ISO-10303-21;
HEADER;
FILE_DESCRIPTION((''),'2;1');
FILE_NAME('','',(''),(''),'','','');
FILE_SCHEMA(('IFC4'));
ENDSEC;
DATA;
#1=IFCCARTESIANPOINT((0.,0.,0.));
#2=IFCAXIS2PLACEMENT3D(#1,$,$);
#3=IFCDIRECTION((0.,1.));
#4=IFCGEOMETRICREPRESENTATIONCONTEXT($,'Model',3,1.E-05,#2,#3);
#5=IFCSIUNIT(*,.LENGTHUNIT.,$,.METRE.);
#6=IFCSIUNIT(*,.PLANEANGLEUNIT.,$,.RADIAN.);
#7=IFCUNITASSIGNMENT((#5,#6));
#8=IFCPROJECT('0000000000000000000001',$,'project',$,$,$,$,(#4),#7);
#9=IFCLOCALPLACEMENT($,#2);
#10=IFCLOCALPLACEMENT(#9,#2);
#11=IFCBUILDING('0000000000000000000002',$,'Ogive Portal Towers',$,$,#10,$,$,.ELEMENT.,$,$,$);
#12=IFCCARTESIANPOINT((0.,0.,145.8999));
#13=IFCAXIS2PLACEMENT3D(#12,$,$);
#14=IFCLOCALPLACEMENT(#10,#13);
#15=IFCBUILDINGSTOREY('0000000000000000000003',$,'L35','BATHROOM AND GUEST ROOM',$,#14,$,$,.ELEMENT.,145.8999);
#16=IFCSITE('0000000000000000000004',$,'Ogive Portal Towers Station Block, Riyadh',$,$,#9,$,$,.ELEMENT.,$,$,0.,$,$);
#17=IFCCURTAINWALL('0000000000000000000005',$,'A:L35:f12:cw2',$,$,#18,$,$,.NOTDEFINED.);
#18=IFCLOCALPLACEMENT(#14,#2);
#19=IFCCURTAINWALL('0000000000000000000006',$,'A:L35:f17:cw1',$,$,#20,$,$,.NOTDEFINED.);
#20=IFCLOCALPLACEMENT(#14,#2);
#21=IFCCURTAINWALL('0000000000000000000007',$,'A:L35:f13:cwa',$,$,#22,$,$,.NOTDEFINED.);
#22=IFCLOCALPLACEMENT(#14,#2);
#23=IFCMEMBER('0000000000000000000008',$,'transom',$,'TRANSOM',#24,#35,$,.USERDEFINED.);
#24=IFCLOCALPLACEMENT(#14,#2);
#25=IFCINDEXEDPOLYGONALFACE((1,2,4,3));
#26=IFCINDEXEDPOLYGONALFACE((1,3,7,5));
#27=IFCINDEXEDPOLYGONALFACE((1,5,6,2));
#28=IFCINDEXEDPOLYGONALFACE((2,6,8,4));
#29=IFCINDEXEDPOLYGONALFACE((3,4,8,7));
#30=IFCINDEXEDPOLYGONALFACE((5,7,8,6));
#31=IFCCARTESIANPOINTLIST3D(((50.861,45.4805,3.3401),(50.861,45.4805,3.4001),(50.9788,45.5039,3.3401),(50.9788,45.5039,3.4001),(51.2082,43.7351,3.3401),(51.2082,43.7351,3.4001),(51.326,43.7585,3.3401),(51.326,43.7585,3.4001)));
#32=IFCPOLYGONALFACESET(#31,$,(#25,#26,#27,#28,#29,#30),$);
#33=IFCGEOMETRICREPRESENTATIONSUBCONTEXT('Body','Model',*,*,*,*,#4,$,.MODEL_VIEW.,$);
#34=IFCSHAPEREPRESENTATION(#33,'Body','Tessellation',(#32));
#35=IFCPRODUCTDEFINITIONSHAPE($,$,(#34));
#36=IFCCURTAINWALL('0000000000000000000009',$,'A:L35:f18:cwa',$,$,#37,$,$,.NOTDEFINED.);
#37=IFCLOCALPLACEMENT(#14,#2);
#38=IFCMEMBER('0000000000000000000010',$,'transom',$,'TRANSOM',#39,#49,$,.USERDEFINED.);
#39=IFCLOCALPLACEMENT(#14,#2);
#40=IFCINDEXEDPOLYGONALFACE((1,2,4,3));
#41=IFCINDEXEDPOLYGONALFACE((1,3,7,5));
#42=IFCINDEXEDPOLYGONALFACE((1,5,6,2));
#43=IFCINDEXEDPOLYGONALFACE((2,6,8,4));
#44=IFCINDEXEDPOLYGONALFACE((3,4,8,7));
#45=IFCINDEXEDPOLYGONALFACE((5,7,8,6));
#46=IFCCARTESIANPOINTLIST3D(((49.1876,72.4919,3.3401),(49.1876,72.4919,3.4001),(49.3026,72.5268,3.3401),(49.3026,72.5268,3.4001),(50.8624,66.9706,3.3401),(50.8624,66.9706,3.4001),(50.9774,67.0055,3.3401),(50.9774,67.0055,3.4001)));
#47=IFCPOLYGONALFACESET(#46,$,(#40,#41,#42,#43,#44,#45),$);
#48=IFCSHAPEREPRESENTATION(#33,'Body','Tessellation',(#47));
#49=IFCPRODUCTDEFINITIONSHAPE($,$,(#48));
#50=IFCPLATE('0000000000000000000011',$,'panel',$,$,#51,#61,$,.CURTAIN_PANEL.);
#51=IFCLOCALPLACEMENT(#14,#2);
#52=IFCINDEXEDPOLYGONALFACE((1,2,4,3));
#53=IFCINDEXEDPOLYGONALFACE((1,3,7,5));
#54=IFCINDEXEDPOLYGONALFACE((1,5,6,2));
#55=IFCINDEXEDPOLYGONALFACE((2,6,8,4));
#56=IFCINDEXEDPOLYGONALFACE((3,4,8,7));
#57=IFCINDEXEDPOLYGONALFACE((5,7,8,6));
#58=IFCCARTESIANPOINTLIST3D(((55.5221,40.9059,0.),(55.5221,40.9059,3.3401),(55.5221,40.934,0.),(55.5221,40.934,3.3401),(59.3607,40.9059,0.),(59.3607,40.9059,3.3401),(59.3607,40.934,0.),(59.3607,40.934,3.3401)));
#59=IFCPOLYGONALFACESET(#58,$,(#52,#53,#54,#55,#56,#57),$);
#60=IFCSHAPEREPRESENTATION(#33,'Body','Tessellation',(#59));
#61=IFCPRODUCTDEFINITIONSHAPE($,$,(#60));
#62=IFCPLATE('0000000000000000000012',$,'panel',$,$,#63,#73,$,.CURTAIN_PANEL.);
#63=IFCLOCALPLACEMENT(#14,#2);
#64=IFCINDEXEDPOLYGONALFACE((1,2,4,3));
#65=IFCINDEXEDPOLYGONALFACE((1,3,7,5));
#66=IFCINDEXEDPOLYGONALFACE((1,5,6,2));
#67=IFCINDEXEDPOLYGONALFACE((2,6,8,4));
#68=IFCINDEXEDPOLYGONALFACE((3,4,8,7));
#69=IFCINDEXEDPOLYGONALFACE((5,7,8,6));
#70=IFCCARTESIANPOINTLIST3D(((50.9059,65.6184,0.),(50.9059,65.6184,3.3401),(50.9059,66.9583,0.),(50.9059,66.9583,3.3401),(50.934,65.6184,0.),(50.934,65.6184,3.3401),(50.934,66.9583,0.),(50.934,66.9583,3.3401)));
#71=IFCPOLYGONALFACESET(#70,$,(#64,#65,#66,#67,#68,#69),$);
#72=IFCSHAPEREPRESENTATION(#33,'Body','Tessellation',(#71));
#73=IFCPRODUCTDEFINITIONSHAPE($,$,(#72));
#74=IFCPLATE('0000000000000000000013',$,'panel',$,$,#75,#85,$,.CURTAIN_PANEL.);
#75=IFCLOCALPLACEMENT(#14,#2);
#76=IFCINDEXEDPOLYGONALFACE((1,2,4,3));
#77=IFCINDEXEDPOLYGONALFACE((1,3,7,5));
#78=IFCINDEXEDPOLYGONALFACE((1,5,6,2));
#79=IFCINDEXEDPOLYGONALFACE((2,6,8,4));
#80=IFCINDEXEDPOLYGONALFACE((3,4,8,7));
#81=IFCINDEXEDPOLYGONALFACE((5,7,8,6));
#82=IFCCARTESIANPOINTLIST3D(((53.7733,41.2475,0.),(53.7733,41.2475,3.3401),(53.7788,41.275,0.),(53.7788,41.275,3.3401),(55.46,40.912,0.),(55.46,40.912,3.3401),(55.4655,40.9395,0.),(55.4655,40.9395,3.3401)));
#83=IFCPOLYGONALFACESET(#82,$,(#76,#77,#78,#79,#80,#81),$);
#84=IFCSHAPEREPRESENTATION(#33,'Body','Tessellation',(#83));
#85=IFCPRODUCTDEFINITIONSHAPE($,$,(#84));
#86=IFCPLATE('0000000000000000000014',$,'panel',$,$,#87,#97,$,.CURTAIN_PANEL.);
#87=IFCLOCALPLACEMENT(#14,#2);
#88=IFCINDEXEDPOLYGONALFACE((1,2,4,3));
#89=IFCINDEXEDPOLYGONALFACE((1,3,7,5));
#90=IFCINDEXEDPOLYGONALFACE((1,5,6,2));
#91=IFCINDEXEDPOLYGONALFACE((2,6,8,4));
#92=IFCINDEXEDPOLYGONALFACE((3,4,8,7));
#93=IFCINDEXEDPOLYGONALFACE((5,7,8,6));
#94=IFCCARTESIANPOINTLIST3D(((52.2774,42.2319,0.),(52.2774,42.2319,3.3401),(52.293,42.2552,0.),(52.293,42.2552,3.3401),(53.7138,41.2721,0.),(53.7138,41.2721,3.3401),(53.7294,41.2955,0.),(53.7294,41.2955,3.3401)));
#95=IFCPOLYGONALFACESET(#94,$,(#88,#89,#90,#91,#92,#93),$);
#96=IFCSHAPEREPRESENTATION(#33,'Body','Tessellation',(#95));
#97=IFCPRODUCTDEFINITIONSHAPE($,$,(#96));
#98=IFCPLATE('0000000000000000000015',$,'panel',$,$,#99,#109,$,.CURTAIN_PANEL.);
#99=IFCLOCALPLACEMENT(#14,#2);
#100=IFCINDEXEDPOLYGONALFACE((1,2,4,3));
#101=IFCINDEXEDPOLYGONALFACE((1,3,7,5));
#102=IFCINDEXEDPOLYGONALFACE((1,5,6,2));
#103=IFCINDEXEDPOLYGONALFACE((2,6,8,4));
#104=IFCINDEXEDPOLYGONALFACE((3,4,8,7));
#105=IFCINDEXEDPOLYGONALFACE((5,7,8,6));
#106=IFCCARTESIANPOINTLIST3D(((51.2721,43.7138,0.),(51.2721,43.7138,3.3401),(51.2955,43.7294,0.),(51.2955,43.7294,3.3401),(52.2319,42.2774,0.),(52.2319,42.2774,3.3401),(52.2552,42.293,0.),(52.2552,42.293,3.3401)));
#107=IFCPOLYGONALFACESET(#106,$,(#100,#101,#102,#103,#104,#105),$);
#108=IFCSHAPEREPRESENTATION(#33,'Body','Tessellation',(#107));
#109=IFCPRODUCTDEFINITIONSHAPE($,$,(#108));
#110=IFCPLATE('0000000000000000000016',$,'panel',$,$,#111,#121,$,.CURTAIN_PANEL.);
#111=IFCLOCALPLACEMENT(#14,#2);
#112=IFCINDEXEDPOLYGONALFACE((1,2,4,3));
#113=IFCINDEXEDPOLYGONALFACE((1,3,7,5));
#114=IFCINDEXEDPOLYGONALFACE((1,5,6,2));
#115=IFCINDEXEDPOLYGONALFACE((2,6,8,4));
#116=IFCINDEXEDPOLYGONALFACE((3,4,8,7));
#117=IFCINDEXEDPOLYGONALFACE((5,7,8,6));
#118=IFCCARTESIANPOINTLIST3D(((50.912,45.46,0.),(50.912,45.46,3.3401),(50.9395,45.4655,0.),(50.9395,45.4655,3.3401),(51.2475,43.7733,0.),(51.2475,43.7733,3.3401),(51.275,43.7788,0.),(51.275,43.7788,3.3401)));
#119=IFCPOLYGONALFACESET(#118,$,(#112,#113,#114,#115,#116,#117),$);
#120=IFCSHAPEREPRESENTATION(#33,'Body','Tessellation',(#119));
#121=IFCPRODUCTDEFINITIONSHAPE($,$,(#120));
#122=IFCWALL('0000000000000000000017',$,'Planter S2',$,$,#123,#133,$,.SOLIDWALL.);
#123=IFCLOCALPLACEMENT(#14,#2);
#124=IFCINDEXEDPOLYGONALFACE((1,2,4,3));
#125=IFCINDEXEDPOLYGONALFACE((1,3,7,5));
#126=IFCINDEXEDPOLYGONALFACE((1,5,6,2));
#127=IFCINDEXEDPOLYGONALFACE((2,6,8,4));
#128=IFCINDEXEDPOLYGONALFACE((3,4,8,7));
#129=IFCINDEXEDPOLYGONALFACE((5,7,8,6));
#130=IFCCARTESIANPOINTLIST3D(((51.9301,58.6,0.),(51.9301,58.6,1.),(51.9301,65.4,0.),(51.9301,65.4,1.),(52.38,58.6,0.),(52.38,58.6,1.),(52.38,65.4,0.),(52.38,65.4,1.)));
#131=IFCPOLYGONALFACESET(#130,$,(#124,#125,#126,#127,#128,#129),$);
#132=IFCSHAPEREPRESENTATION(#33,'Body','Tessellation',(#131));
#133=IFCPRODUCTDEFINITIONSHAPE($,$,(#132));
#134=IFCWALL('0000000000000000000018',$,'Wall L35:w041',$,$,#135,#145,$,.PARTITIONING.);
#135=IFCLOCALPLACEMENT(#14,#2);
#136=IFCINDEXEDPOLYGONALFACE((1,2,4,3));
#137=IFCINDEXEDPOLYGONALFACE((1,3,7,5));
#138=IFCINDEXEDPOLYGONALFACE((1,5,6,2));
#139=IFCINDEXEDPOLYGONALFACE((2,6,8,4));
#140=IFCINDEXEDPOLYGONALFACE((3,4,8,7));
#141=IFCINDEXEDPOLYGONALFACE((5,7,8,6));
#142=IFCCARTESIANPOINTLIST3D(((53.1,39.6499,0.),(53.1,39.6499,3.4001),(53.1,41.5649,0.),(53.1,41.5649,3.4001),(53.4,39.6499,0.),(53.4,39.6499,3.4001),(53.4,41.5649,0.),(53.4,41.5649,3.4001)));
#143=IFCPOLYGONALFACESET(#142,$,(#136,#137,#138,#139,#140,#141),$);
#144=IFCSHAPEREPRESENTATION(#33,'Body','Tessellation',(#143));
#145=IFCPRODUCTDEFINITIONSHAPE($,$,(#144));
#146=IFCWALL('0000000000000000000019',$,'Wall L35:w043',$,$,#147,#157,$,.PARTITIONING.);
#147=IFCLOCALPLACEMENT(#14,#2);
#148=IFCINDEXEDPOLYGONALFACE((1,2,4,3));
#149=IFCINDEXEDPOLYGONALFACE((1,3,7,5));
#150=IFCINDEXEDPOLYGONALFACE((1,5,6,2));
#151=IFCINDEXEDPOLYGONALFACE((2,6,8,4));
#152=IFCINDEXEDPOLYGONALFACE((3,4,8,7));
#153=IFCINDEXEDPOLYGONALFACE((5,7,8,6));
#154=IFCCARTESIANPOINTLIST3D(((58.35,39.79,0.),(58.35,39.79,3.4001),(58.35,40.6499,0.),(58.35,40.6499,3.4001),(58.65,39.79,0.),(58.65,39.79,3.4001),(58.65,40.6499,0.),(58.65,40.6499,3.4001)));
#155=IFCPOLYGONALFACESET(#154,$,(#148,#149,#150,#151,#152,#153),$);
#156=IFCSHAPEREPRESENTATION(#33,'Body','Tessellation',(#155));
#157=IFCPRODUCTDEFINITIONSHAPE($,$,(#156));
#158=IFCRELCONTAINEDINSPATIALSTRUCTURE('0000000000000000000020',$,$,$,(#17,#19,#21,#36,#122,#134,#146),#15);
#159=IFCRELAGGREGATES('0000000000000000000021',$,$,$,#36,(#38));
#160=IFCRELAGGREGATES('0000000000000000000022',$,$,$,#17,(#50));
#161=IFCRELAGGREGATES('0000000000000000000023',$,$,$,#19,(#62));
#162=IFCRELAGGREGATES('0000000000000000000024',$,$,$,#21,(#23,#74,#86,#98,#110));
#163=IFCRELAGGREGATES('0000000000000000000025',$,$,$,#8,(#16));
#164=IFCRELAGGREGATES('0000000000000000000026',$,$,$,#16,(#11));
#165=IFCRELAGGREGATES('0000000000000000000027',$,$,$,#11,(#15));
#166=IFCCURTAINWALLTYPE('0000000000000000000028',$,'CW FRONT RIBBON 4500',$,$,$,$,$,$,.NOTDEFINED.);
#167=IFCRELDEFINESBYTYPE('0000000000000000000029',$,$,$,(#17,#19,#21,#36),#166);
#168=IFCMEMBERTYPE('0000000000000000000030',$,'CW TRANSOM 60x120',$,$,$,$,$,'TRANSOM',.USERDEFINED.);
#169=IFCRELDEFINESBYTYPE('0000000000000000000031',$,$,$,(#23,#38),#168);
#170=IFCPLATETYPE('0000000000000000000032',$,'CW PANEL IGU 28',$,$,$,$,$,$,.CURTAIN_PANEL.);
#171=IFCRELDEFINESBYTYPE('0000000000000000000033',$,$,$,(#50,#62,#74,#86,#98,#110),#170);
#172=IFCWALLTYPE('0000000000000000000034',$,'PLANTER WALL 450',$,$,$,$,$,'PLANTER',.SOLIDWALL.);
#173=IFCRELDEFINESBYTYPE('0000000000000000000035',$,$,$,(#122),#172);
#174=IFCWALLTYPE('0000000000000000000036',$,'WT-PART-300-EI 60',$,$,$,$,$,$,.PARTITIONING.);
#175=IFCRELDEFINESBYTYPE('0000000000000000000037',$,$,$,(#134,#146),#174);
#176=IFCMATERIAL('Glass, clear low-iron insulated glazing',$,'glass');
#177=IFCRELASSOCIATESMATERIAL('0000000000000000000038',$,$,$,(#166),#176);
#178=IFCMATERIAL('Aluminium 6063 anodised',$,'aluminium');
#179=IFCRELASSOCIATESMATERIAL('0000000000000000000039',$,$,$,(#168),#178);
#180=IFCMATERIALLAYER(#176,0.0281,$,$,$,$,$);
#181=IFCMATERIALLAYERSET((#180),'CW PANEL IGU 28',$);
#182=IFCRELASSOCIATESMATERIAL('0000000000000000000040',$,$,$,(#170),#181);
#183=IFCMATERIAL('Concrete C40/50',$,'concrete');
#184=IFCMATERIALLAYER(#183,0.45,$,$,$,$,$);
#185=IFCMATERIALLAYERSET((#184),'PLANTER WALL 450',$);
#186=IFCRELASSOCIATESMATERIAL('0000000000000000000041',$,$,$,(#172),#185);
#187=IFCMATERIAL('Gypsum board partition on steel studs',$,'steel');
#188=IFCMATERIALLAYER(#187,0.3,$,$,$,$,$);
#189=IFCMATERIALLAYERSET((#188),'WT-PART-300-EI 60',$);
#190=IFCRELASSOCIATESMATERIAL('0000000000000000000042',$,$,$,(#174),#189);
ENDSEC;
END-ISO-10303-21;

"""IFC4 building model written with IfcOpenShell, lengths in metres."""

from ifc_helpers import new_model, si_unit, direction, frame, frame_2d, origin, origin_2d, place, context, subcontext, project, spatial, rectangle, extrude, material, layer, layer_set, material_profile, profile_set, type_object, element, aggregate, save


model = new_model("IFC4")

# Units and contexts
model_context = context("Model", 3, precision=1e-05, world=origin(), true_north=direction((0.0, 1.0)))
body_context = subcontext(model_context, "Body", "Model", "MODEL_VIEW")
ifc_project = project(units=[si_unit("LENGTHUNIT", "METRE"), si_unit("PLANEANGLEUNIT", "RADIAN")], contexts=[model_context])

# Site, building, storey
site_placement = place(None, origin())
site = spatial("IfcSite", under=ifc_project, at=site_placement, Name="Ogive Portal Towers Station Block, Riyadh", CompositionType="ELEMENT", RefElevation=0.0)
building_placement = place(site_placement, origin())
building = spatial("IfcBuilding", under=site, at=building_placement, Name="Ogive Portal Towers", CompositionType="ELEMENT")
storey_placement = place(building_placement, frame((0.0, 0.0, 145.8999)))
storey = spatial("IfcBuildingStorey", under=building, at=storey_placement, Name="L35", Description="BATHROOM AND GUEST ROOM", CompositionType="ELEMENT", Elevation=145.8999)

# Curtain wall
ifc_material_1 = material(Name="Glass, clear low-iron insulated glazing", Category="glass")
curtain_wall_type = type_object("IfcCurtainWallType", Name="CW FRONT RIBBON 4500", PredefinedType="NOTDEFINED", material=ifc_material_1)
curtain_wall_1_placement = place(storey_placement, origin())
curtain_wall_1 = element("IfcCurtainWall", 1, at=curtain_wall_1_placement, inside=storey, type_object=curtain_wall_type, Name="A:L35:f12:cw2", PredefinedType="NOTDEFINED")
ifc_material_2 = material(Name="Aluminium 6063 anodised", Category="aluminium")

# Curtain walls
curtain_wall_2_placement = place(storey_placement, origin())
curtain_wall_2 = element("IfcCurtainWall", 2, at=curtain_wall_2_placement, inside=storey, type_object=curtain_wall_type, Name="A:L35:f17:cw1", PredefinedType="NOTDEFINED")
curtain_wall_3_placement = place(storey_placement, origin())
curtain_wall_3 = element("IfcCurtainWall", 3, at=curtain_wall_3_placement, inside=storey, type_object=curtain_wall_type, Name="A:L35:f13:cwa", PredefinedType="NOTDEFINED")

# Member
ifc_material_profile_1 = material_profile(ifc_material_2, rectangle(XDim=0.1201, YDim=0.0601, at=origin_2d()), Name="AL 120x60")
ifc_profile_set_1 = profile_set([ifc_material_profile_1], Name="Aluminium 6063 anodised")
member_type_1 = type_object("IfcMemberType", Name="CW TRANSOM 60x120", ElementType="TRANSOM", PredefinedType="USERDEFINED", material=ifc_profile_set_1)
member_1_placement = place(storey_placement, frame((51.2671, 43.7468, 3.3701), z_axis=(-0.195087, 0.980786, 0.0), x_axis=(-0.980786, -0.195087, 0.0)))
member_1 = element("IfcMember", 4, at=member_1_placement, type_object=member_type_1, Name="transom", ObjectType="TRANSOM", PredefinedType="USERDEFINED", context=body_context, shape_type="SweptSolid", body=[
    extrude(rectangle(XDim=0.1201, YDim=0.0601, at=origin_2d()), origin(), (0.0, 0.0, 1.0), 1.7795),
])

# Curtain wall, member
curtain_wall_4_placement = place(storey_placement, origin())
curtain_wall_4 = element("IfcCurtainWall", 5, at=curtain_wall_4_placement, inside=storey, type_object=curtain_wall_type, Name="A:L35:f18:cwa", PredefinedType="NOTDEFINED")
member_2_placement = place(storey_placement, frame((50.9199, 66.988, 3.3701), z_axis=(-0.290277, 0.956943, 0.0), x_axis=(-0.956943, -0.290277, 0.0)))
member_2 = element("IfcMember", 6, at=member_2_placement, type_object=member_type_1, Name="transom", ObjectType="TRANSOM", PredefinedType="USERDEFINED", context=body_context, shape_type="SweptSolid", body=[
    extrude(rectangle(XDim=0.1201, YDim=0.0601, at=origin_2d()), origin(), (0.0, 0.0, 1.0), 5.7698),
])
aggregate(curtain_wall_4, [member_2])

# Plates
ifc_layer_1 = layer(ifc_material_1, 0.0281)
ifc_layer_set_1 = layer_set([ifc_layer_1], Name="CW PANEL IGU 28")
plate_type = type_object("IfcPlateType", Name="CW PANEL IGU 28", PredefinedType="CURTAIN_PANEL", material=ifc_layer_set_1)
plate_1_placement = place(storey_placement, frame((57.4414, 40.9199, 0.0), z_axis=(0.0, 0.0, 1.0), x_axis=(-1.0, 0.0, 0.0)))
plate_1 = element("IfcPlate", 7, at=plate_1_placement, type_object=plate_type, Name="panel", PredefinedType="CURTAIN_PANEL", context=body_context, shape_type="SweptSolid", body=[
    extrude(rectangle(XDim=3.8386, YDim=0.0281, at=origin_2d()), origin(), (0.0, 0.0, 1.0), 3.3401),
])
aggregate(curtain_wall_1, [plate_1])
plate_2_placement = place(storey_placement, frame((50.9199, 66.2883, 0.0), z_axis=(0.0, 0.0, 1.0), x_axis=(0.0, 1.0, 0.0)))
plate_2 = element("IfcPlate", 8, at=plate_2_placement, type_object=plate_type, Name="panel", PredefinedType="CURTAIN_PANEL", context=body_context, shape_type="SweptSolid", body=[
    extrude(rectangle(XDim=1.3398, YDim=0.0281, at=origin_2d()), origin(), (0.0, 0.0, 1.0), 3.3401),
])
aggregate(curtain_wall_2, [plate_2])
plate_3_placement = place(storey_placement, frame((54.6194, 41.0935, 0.0), z_axis=(0.0, 0.0, 1.0), x_axis=(-0.980785, 0.19509, 0.0)))
plate_3 = element("IfcPlate", 9, at=plate_3_placement, type_object=plate_type, Name="panel", PredefinedType="CURTAIN_PANEL", context=body_context, shape_type="SweptSolid", body=[
    extrude(rectangle(XDim=1.7197, YDim=0.0281, at=origin_2d()), origin(), (0.0, 0.0, 1.0), 3.3401),
])
plate_4_placement = place(storey_placement, frame((53.0034, 41.7637, 0.0), z_axis=(0.0, 0.0, 1.0), x_axis=(-0.83147, 0.55557, 0.0)))
plate_4 = element("IfcPlate", 10, at=plate_4_placement, type_object=plate_type, Name="panel", PredefinedType="CURTAIN_PANEL", context=body_context, shape_type="SweptSolid", body=[
    extrude(rectangle(XDim=1.7275, YDim=0.0281, at=origin_2d()), origin(), (0.0, 0.0, 1.0), 3.3401),
])
plate_5_placement = place(storey_placement, frame((51.7637, 43.0034, 0.0), z_axis=(0.0, 0.0, 1.0), x_axis=(-0.55557, 0.83147, 0.0)))
plate_5 = element("IfcPlate", 11, at=plate_5_placement, type_object=plate_type, Name="panel", PredefinedType="CURTAIN_PANEL", context=body_context, shape_type="SweptSolid", body=[
    extrude(rectangle(XDim=1.7275, YDim=0.0281, at=origin_2d()), origin(), (0.0, 0.0, 1.0), 3.3401),
])
plate_6_placement = place(storey_placement, frame((51.0935, 44.6194, 0.0), z_axis=(0.0, 0.0, 1.0), x_axis=(-0.19509, 0.980785, 0.0)))
plate_6 = element("IfcPlate", 12, at=plate_6_placement, type_object=plate_type, Name="panel", PredefinedType="CURTAIN_PANEL", context=body_context, shape_type="SweptSolid", body=[
    extrude(rectangle(XDim=1.7197, YDim=0.0281, at=origin_2d()), origin(), (0.0, 0.0, 1.0), 3.3401),
])
aggregate(curtain_wall_3, [member_1, plate_3, plate_4, plate_5, plate_6])

# Walls
ifc_material_3 = material(Name="Concrete C40/50", Category="concrete")
ifc_layer_2 = layer(ifc_material_3, 0.45)
ifc_layer_set_2 = layer_set([ifc_layer_2], Name="PLANTER WALL 450")
wall_type_1 = type_object("IfcWallType", Name="PLANTER WALL 450", ElementType="PLANTER", PredefinedType="SOLIDWALL", material=ifc_layer_set_2)
wall_1_placement = place(storey_placement, frame((52.155, 62.0, 0.0), z_axis=(0.0, 0.0, 1.0), x_axis=(1.0, 0.0, 0.0)))
element("IfcWall", 13, at=wall_1_placement, inside=storey, type_object=wall_type_1, Name="Planter S2", PredefinedType="SOLIDWALL", context=body_context, shape_type="SweptSolid", body=[
    extrude(rectangle(XDim=0.45, YDim=6.8, at=origin_2d()), origin(), (0.0, 0.0, 1.0), 1.0),
])
ifc_material_4 = material(Name="Gypsum board partition on steel studs", Category="steel")
ifc_layer_3 = layer(ifc_material_4, 0.3)
ifc_layer_set_3 = layer_set([ifc_layer_3], Name="WT-PART-300-EI 60")
wall_type_2 = type_object("IfcWallType", Name="WT-PART-300-EI 60", PredefinedType="PARTITIONING", material=ifc_layer_set_3)
wall_2_placement = place(storey_placement, frame((53.25, 39.6499, 0.0), z_axis=(0.0, 0.0, 1.0), x_axis=(0.0, 1.0, 0.0)))
element("IfcWall", 14, at=wall_2_placement, inside=storey, type_object=wall_type_2, Name="Wall L35:w041", PredefinedType="PARTITIONING", context=body_context, shape_type="SweptSolid", body=[
    extrude(rectangle(XDim=1.915, YDim=0.3, at=frame_2d((0.9575, 0.0))), origin(), (0.0, 0.0, 1.0), 3.4001),
])
wall_3_placement = place(storey_placement, frame((58.5, 39.79, 0.0), z_axis=(0.0, 0.0, 1.0), x_axis=(0.0, 1.0, 0.0)))
element("IfcWall", 15, at=wall_3_placement, inside=storey, type_object=wall_type_2, Name="Wall L35:w043", PredefinedType="PARTITIONING", context=body_context, shape_type="SweptSolid", body=[
    extrude(rectangle(XDim=0.8599, YDim=0.3, at=frame_2d((0.4299, 0.0))), origin(), (0.0, 0.0, 1.0), 3.4001),
])

save(model, "model.ifc")
